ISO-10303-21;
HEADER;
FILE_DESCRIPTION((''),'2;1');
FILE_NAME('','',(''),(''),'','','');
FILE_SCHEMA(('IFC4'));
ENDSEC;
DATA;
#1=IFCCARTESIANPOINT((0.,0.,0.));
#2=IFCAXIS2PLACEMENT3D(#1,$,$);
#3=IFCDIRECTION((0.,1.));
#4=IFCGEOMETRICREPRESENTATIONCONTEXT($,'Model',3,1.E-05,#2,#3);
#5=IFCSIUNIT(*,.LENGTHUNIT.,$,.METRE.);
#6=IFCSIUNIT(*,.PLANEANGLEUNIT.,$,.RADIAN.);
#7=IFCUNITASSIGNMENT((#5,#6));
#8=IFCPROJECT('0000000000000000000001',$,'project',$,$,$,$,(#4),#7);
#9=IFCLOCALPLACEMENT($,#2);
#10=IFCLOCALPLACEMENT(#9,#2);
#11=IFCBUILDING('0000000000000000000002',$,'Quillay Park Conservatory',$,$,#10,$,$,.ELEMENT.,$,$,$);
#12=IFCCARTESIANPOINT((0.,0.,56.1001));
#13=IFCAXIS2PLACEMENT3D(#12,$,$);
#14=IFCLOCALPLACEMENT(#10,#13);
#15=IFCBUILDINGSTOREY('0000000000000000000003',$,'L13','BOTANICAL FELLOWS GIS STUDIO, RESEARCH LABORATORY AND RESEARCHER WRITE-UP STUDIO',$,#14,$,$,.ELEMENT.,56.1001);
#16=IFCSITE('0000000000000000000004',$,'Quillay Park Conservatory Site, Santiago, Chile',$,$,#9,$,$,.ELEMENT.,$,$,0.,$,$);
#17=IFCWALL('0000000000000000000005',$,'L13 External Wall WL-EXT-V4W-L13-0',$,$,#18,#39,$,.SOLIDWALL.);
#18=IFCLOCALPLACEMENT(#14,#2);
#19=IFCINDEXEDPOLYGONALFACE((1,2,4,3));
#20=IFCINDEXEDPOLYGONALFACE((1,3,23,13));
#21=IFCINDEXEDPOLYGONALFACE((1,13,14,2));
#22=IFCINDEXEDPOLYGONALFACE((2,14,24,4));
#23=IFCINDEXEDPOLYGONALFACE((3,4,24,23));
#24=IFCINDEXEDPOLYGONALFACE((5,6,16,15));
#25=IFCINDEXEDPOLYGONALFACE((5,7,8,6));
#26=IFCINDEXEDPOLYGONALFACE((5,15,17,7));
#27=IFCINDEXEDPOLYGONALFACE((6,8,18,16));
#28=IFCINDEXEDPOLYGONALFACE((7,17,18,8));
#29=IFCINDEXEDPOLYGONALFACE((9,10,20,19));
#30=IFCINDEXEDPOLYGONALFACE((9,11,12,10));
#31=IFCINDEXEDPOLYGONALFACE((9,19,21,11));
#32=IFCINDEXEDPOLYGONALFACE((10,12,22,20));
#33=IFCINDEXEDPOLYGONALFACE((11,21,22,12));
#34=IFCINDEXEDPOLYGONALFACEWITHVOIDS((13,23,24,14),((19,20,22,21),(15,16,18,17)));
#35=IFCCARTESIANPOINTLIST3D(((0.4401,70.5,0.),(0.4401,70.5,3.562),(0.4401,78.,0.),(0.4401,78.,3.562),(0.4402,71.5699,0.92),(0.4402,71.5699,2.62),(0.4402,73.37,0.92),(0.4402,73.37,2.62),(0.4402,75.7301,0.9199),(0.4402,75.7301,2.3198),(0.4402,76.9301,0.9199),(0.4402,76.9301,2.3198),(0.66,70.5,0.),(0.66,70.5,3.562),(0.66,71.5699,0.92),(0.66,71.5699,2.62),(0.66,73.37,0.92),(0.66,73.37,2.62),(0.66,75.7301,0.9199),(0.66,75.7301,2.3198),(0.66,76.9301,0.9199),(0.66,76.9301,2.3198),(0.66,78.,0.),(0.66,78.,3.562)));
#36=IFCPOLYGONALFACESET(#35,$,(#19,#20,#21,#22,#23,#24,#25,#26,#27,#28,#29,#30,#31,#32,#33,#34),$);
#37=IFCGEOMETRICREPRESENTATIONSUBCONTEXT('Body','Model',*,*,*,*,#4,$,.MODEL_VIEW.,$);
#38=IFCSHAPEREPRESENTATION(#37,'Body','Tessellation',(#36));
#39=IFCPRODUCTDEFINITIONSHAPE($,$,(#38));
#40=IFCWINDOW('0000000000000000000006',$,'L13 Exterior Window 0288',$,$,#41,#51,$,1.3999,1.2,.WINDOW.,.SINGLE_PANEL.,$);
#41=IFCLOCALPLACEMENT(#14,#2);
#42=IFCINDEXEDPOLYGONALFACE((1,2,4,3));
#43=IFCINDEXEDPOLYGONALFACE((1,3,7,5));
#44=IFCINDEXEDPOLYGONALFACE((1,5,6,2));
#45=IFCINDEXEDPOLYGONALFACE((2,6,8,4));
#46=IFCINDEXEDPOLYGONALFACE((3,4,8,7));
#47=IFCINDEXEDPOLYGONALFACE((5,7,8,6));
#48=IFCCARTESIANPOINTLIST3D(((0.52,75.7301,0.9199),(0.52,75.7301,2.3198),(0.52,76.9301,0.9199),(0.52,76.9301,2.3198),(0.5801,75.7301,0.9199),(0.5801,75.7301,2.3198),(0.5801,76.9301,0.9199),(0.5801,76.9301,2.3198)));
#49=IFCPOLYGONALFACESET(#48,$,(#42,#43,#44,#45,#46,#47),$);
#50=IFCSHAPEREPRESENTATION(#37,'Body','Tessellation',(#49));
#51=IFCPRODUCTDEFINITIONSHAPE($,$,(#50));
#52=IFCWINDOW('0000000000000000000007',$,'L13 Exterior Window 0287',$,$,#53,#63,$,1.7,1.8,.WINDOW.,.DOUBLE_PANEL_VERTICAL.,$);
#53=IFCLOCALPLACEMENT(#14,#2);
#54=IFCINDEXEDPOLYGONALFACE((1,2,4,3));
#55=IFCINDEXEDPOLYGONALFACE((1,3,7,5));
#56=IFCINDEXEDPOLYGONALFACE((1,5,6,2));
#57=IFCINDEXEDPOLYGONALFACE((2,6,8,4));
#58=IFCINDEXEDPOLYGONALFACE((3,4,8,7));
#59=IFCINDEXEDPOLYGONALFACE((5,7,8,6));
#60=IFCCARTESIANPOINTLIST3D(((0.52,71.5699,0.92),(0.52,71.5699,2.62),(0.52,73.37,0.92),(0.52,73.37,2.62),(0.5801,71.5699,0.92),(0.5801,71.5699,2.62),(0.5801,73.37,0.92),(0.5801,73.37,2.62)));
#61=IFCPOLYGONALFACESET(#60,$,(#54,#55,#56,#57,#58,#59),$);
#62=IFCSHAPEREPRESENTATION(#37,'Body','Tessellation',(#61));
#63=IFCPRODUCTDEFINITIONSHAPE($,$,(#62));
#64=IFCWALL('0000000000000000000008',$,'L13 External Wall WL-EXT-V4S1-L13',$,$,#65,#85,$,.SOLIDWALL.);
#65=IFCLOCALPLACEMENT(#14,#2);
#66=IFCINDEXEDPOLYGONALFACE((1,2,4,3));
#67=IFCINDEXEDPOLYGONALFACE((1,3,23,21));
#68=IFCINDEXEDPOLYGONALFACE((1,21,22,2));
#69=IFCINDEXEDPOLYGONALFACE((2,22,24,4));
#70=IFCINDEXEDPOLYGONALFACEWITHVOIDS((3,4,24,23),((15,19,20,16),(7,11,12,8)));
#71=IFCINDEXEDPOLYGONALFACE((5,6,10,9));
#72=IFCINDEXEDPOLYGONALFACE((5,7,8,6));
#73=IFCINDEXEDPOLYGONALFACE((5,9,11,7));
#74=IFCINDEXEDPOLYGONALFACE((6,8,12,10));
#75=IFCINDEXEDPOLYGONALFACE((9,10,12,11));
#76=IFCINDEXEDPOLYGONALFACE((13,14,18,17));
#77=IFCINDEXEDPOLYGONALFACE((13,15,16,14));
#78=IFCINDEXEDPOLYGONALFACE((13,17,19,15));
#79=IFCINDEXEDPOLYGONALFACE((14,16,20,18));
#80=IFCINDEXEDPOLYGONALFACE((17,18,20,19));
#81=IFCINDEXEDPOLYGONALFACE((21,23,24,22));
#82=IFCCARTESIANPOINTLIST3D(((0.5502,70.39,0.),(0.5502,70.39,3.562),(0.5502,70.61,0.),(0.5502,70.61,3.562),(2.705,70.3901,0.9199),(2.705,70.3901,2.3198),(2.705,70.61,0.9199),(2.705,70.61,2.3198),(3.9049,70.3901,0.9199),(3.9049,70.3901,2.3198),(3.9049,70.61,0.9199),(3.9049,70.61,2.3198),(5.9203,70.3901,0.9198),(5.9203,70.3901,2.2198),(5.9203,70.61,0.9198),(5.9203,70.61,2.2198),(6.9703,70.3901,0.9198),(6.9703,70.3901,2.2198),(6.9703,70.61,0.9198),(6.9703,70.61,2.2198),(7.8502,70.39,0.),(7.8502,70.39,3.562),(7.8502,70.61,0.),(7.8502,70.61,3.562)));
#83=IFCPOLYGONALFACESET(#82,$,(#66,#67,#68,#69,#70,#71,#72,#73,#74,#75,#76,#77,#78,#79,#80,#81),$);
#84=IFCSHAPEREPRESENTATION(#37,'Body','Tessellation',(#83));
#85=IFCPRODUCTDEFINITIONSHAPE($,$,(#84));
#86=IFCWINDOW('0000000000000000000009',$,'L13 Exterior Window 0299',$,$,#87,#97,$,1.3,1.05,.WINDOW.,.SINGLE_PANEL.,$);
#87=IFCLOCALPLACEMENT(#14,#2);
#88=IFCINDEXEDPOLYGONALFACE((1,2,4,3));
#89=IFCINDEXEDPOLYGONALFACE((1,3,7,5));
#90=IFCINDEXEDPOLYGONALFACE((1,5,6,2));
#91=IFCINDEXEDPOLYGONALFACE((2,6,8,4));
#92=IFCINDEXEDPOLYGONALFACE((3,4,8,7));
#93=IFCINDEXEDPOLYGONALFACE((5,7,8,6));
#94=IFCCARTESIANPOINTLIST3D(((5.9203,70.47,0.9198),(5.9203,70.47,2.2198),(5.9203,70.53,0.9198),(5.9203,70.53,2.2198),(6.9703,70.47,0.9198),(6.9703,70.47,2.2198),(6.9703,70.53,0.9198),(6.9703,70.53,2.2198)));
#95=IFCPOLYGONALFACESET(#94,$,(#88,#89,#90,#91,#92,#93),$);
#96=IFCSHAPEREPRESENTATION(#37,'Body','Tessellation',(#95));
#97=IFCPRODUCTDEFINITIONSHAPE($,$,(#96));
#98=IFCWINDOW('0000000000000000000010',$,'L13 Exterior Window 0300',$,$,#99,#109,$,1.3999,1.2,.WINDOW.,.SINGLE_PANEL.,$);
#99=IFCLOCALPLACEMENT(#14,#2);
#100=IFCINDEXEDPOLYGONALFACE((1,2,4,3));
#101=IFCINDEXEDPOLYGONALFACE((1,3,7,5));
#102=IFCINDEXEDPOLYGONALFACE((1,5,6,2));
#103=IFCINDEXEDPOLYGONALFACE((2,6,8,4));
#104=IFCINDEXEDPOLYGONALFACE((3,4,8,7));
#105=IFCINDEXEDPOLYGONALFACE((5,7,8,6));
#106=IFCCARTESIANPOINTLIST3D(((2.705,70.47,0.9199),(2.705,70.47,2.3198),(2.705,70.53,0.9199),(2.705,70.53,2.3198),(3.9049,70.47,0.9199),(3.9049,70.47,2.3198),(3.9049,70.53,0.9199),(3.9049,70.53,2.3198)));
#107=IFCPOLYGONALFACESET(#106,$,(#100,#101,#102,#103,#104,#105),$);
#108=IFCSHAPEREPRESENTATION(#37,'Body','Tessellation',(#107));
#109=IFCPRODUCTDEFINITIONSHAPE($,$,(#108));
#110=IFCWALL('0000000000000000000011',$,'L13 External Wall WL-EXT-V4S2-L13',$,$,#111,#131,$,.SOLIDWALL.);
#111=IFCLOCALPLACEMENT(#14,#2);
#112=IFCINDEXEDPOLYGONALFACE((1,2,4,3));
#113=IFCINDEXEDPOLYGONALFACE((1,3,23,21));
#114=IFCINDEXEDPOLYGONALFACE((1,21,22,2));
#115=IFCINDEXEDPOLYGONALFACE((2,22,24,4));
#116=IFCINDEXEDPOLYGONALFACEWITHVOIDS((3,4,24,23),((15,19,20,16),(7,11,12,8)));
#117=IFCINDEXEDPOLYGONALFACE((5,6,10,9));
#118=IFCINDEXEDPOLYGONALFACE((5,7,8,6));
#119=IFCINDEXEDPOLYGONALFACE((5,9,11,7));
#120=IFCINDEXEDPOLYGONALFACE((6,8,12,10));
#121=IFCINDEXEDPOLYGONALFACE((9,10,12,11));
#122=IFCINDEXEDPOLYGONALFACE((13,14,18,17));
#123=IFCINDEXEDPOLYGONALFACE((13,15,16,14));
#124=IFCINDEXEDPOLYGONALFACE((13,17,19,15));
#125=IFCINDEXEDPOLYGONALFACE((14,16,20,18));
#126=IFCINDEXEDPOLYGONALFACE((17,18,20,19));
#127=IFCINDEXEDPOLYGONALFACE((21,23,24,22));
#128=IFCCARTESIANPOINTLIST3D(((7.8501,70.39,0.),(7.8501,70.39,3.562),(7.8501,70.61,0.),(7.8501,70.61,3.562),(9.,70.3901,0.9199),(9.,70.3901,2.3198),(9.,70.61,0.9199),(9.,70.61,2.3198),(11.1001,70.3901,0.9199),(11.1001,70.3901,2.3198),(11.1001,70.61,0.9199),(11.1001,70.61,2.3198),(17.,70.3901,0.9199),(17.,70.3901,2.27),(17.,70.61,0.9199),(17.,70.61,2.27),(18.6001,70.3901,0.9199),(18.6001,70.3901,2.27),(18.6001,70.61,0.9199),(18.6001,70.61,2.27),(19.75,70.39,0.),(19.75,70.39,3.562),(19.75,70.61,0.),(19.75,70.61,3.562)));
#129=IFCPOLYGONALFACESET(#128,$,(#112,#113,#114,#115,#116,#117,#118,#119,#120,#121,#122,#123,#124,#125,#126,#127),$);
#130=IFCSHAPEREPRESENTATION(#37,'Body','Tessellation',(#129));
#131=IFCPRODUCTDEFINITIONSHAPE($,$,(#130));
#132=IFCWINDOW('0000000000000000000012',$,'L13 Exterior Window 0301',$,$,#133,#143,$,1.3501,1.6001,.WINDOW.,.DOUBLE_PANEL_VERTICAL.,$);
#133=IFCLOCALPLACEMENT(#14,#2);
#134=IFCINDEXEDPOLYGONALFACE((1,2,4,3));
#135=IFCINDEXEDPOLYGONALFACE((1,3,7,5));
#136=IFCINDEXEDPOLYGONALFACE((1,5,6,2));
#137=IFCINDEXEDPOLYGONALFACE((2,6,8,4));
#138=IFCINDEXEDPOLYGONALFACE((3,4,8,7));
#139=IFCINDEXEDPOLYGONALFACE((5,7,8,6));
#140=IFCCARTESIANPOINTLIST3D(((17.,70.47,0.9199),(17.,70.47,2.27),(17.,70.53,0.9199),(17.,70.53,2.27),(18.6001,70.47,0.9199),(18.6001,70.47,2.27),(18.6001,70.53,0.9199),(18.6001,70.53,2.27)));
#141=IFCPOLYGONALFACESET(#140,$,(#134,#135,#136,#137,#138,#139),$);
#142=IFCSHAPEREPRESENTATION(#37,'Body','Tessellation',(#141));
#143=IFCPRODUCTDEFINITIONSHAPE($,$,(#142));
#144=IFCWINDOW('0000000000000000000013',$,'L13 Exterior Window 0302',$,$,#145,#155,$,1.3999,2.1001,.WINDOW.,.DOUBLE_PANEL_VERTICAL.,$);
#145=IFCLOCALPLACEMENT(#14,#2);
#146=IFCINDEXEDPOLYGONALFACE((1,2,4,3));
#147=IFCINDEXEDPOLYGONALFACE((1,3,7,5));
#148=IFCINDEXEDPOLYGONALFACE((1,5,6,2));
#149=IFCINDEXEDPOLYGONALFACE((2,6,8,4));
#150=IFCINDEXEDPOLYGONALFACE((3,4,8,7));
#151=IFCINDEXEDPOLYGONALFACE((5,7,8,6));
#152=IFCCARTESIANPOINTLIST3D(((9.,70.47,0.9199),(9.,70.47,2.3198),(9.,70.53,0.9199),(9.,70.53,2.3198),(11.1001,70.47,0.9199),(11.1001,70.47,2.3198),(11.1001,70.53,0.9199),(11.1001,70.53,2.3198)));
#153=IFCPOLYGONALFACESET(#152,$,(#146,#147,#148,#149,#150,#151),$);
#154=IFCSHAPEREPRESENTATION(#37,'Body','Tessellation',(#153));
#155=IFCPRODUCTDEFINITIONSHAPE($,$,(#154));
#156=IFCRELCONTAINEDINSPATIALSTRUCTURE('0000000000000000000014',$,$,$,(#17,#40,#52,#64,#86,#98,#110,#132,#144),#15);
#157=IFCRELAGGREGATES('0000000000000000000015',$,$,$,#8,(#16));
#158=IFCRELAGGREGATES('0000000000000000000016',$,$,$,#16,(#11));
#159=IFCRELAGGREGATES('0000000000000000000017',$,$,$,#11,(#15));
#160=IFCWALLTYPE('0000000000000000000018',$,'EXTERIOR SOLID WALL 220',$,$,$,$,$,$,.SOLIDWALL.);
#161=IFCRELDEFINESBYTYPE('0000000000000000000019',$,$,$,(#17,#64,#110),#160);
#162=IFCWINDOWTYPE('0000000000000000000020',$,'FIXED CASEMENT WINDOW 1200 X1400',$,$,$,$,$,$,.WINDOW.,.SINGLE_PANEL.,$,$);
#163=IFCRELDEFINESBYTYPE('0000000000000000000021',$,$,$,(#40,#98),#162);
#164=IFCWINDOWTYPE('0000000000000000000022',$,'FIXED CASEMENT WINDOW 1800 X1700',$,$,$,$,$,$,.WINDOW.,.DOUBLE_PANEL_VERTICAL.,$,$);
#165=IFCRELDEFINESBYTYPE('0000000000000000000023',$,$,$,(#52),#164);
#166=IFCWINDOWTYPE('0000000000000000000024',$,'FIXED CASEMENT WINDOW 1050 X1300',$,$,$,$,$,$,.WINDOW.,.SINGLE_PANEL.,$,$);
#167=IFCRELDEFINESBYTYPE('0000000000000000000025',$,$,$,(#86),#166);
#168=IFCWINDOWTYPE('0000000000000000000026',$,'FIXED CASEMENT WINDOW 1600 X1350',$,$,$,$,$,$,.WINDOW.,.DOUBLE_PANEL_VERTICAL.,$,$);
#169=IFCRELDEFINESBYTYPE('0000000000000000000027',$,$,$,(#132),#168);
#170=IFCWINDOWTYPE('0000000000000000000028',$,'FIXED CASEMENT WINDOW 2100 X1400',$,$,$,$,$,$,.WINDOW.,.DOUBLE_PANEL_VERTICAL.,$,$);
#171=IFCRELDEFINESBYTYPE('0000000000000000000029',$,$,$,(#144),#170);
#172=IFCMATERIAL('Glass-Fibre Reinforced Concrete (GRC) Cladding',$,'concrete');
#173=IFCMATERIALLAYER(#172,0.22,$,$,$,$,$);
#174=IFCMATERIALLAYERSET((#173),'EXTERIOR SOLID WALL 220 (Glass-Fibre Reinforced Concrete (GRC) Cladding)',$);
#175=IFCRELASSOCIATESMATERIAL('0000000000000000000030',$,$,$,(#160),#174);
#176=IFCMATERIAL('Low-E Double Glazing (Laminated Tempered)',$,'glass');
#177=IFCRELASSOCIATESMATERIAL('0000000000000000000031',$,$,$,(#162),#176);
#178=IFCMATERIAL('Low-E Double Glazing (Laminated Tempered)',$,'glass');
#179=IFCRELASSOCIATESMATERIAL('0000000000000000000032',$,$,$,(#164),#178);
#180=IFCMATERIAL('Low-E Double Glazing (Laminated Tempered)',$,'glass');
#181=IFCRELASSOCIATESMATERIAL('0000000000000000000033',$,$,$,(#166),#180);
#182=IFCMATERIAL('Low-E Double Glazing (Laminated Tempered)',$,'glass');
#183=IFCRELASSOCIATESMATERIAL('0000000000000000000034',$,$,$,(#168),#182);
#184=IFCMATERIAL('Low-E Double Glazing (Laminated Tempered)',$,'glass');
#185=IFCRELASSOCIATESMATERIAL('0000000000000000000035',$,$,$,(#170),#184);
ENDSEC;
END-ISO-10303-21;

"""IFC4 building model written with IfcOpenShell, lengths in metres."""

from ifc_helpers import new_model, si_unit, direction, frame, frame_2d, origin, place, context, subcontext, project, spatial, rectangle, extrude, material, layer, layer_set, type_object, element, fill, save


model = new_model("IFC4")

# Units and contexts
model_context = context("Model", 3, precision=1e-05, world=origin(), true_north=direction((0.0, 1.0)))
body_context = subcontext(model_context, "Body", "Model", "MODEL_VIEW")
ifc_project = project(units=[si_unit("LENGTHUNIT", "METRE"), si_unit("PLANEANGLEUNIT", "RADIAN")], contexts=[model_context])

# Site, building, storey
site_placement = place(None, origin())
site = spatial("IfcSite", under=ifc_project, at=site_placement, Name="Quillay Park Conservatory Site, Santiago, Chile", CompositionType="ELEMENT", RefElevation=0.0)
building_placement = place(site_placement, origin())
building = spatial("IfcBuilding", under=site, at=building_placement, Name="Quillay Park Conservatory", CompositionType="ELEMENT")
storey_placement = place(building_placement, frame((0.0, 0.0, 56.1001)))
storey = spatial("IfcBuildingStorey", under=building, at=storey_placement, Name="L13", Description="BOTANICAL FELLOWS GIS STUDIO, RESEARCH LABORATORY AND RESEARCHER WRITE-UP STUDIO", CompositionType="ELEMENT", Elevation=56.1001)

# Walls, openings, windows
ifc_material_1 = material(Name="Glass-Fibre Reinforced Concrete (GRC) Cladding", Category="concrete")
ifc_layer_1 = layer(ifc_material_1, 0.22)
ifc_layer_set_1 = layer_set([ifc_layer_1], Name="EXTERIOR SOLID WALL 220 (Glass-Fibre Reinforced Concrete (GRC) Cladding)")
wall_type_1 = type_object("IfcWallType", Name="EXTERIOR SOLID WALL 220", PredefinedType="SOLIDWALL", material=ifc_layer_set_1)
wall_1_placement = place(storey_placement, frame((0.55, 70.5, 0.0), z_axis=(0.0, 0.0, 1.0), x_axis=(0.0, 1.0, 0.0)))
wall_1 = element("IfcWall", 1, at=wall_1_placement, inside=storey, type_object=wall_type_1, Name="L13 External Wall WL-EXT-V4W-L13-0", PredefinedType="SOLIDWALL", context=body_context, shape_type="SweptSolid", body=[
    extrude(rectangle(XDim=7.5, YDim=0.22, at=frame_2d((3.75, 0.0))), origin(), (0.0, 0.0, 1.0), 3.562),
])
opening_1_placement = place(wall_1_placement, frame((1.0701, 0.0, 0.9199)))
opening_1 = element("IfcOpeningElement", 2, at=opening_1_placement, cuts=wall_1, PredefinedType="OPENING", context=body_context, shape_type="SweptSolid", body=[
    extrude(rectangle(XDim=1.8, YDim=1.7, at=frame_2d((0.8999, 0.8501))), frame((0.0, 0.1099, 0.0), z_axis=(0.0, -1.0, 0.0), x_axis=(1.0, 0.0, 0.0)), (0.0, 0.0, 1.0), 0.22),
])
opening_2_placement = place(wall_1_placement, frame((5.23, 0.0, 0.9199)))
opening_2 = element("IfcOpeningElement", 3, at=opening_2_placement, cuts=wall_1, PredefinedType="OPENING", context=body_context, shape_type="SweptSolid", body=[
    extrude(rectangle(XDim=1.2, YDim=1.3999, at=frame_2d((0.6001, 0.7))), frame((0.0, 0.1099, 0.0), z_axis=(0.0, -1.0, 0.0), x_axis=(1.0, 0.0, 0.0)), (0.0, 0.0, 1.0), 0.22),
])
ifc_material_2 = material(Name="Low-E Double Glazing (Laminated Tempered)", Category="glass")
window_type_1 = type_object("IfcWindowType", Name="FIXED CASEMENT WINDOW 1200 X1400", PartitioningType="SINGLE_PANEL", PredefinedType="WINDOW", material=ifc_material_2)
window_1_placement = place(opening_2_placement, origin())
window_1 = element("IfcWindow", 4, at=window_1_placement, inside=storey, type_object=window_type_1, Name="L13 Exterior Window 0288", OverallHeight=1.3999, OverallWidth=1.2, PartitioningType="SINGLE_PANEL", PredefinedType="WINDOW", context=body_context, shape_type="SweptSolid", body=[
    extrude(rectangle(XDim=1.2, YDim=1.3999, at=frame_2d((0.6001, 0.7))), frame((0.0, 0.03, 0.0), z_axis=(0.0, -1.0, 0.0), x_axis=(1.0, 0.0, 0.0)), (0.0, 0.0, 1.0), 0.0601),
])
fill(opening_2, window_1)
ifc_material_3 = material(Name="Low-E Double Glazing (Laminated Tempered)", Category="glass")
window_type_2 = type_object("IfcWindowType", Name="FIXED CASEMENT WINDOW 1800 X1700", PartitioningType="DOUBLE_PANEL_VERTICAL", PredefinedType="WINDOW", material=ifc_material_3)
window_2_placement = place(opening_1_placement, origin())
window_2 = element("IfcWindow", 5, at=window_2_placement, inside=storey, type_object=window_type_2, Name="L13 Exterior Window 0287", OverallHeight=1.7, OverallWidth=1.8, PartitioningType="DOUBLE_PANEL_VERTICAL", PredefinedType="WINDOW", context=body_context, shape_type="SweptSolid", body=[
    extrude(rectangle(XDim=1.8, YDim=1.7, at=frame_2d((0.8999, 0.8501))), frame((0.0, 0.03, 0.0), z_axis=(0.0, -1.0, 0.0), x_axis=(1.0, 0.0, 0.0)), (0.0, 0.0, 1.0), 0.0601),
])
fill(opening_1, window_2)
wall_2_placement = place(storey_placement, frame((7.8501, 70.5, 0.0), z_axis=(0.0, 0.0, 1.0), x_axis=(-1.0, 0.0, 0.0)))
wall_2 = element("IfcWall", 6, at=wall_2_placement, inside=storey, type_object=wall_type_1, Name="L13 External Wall WL-EXT-V4S1-L13", PredefinedType="SOLIDWALL", context=body_context, shape_type="SweptSolid", body=[
    extrude(rectangle(XDim=7.3, YDim=0.22, at=frame_2d((3.6499, 0.0))), origin(), (0.0, 0.0, 1.0), 3.562),
])
opening_3_placement = place(wall_2_placement, frame((0.8799, 0.0, 0.9199)))
opening_3 = element("IfcOpeningElement", 7, at=opening_3_placement, cuts=wall_2, PredefinedType="OPENING", context=body_context, shape_type="SweptSolid", body=[
    extrude(rectangle(XDim=1.05, YDim=1.3, at=frame_2d((0.5249, 0.6499))), frame((0.0, 0.1099, 0.0), z_axis=(0.0, -1.0, 0.0), x_axis=(1.0, 0.0, 0.0)), (0.0, 0.0, 1.0), 0.22),
])
opening_4_placement = place(wall_2_placement, frame((3.9451, 0.0, 0.9199)))
opening_4 = element("IfcOpeningElement", 8, at=opening_4_placement, cuts=wall_2, PredefinedType="OPENING", context=body_context, shape_type="SweptSolid", body=[
    extrude(rectangle(XDim=1.2, YDim=1.3999, at=frame_2d((0.6001, 0.7))), frame((0.0, 0.1099, 0.0), z_axis=(0.0, -1.0, 0.0), x_axis=(1.0, 0.0, 0.0)), (0.0, 0.0, 1.0), 0.22),
])
ifc_material_4 = material(Name="Low-E Double Glazing (Laminated Tempered)", Category="glass")
window_type_3 = type_object("IfcWindowType", Name="FIXED CASEMENT WINDOW 1050 X1300", PartitioningType="SINGLE_PANEL", PredefinedType="WINDOW", material=ifc_material_4)
window_3_placement = place(opening_3_placement, origin())
window_3 = element("IfcWindow", 9, at=window_3_placement, inside=storey, type_object=window_type_3, Name="L13 Exterior Window 0299", OverallHeight=1.3, OverallWidth=1.05, PartitioningType="SINGLE_PANEL", PredefinedType="WINDOW", context=body_context, shape_type="SweptSolid", body=[
    extrude(rectangle(XDim=1.05, YDim=1.3, at=frame_2d((0.5249, 0.6499))), frame((0.0, 0.03, 0.0), z_axis=(0.0, -1.0, 0.0), x_axis=(1.0, 0.0, 0.0)), (0.0, 0.0, 1.0), 0.0601),
])
fill(opening_3, window_3)
window_4_placement = place(opening_4_placement, origin())
window_4 = element("IfcWindow", 10, at=window_4_placement, inside=storey, type_object=window_type_1, Name="L13 Exterior Window 0300", OverallHeight=1.3999, OverallWidth=1.2, PartitioningType="SINGLE_PANEL", PredefinedType="WINDOW", context=body_context, shape_type="SweptSolid", body=[
    extrude(rectangle(XDim=1.2, YDim=1.3999, at=frame_2d((0.6001, 0.7))), frame((0.0, 0.03, 0.0), z_axis=(0.0, -1.0, 0.0), x_axis=(1.0, 0.0, 0.0)), (0.0, 0.0, 1.0), 0.0601),
])
fill(opening_4, window_4)
wall_3_placement = place(storey_placement, frame((19.75, 70.5, 0.0), z_axis=(0.0, 0.0, 1.0), x_axis=(-1.0, 0.0, 0.0)))
wall_3 = element("IfcWall", 11, at=wall_3_placement, inside=storey, type_object=wall_type_1, Name="L13 External Wall WL-EXT-V4S2-L13", PredefinedType="SOLIDWALL", context=body_context, shape_type="SweptSolid", body=[
    extrude(rectangle(XDim=11.8999, YDim=0.22, at=frame_2d((5.95, 0.0))), origin(), (0.0, 0.0, 1.0), 3.562),
])
opening_5_placement = place(wall_3_placement, frame((1.1499, 0.0, 0.9199)))
opening_5 = element("IfcOpeningElement", 12, at=opening_5_placement, cuts=wall_3, PredefinedType="OPENING", context=body_context, shape_type="SweptSolid", body=[
    extrude(rectangle(XDim=1.6001, YDim=1.3501, at=frame_2d((0.8, 0.675))), frame((0.0, 0.1099, 0.0), z_axis=(0.0, -1.0, 0.0), x_axis=(1.0, 0.0, 0.0)), (0.0, 0.0, 1.0), 0.22),
])
opening_6_placement = place(wall_3_placement, frame((8.6499, 0.0, 0.9199)))
opening_6 = element("IfcOpeningElement", 13, at=opening_6_placement, cuts=wall_3, PredefinedType="OPENING", context=body_context, shape_type="SweptSolid", body=[
    extrude(rectangle(XDim=2.1001, YDim=1.3999, at=frame_2d((1.05, 0.7))), frame((0.0, 0.1099, 0.0), z_axis=(0.0, -1.0, 0.0), x_axis=(1.0, 0.0, 0.0)), (0.0, 0.0, 1.0), 0.22),
])
ifc_material_5 = material(Name="Low-E Double Glazing (Laminated Tempered)", Category="glass")
window_type_4 = type_object("IfcWindowType", Name="FIXED CASEMENT WINDOW 1600 X1350", PartitioningType="DOUBLE_PANEL_VERTICAL", PredefinedType="WINDOW", material=ifc_material_5)
window_5_placement = place(opening_5_placement, origin())
window_5 = element("IfcWindow", 14, at=window_5_placement, inside=storey, type_object=window_type_4, Name="L13 Exterior Window 0301", OverallHeight=1.3501, OverallWidth=1.6001, PartitioningType="DOUBLE_PANEL_VERTICAL", PredefinedType="WINDOW", context=body_context, shape_type="SweptSolid", body=[
    extrude(rectangle(XDim=1.6001, YDim=1.3501, at=frame_2d((0.8, 0.675))), frame((0.0, 0.03, 0.0), z_axis=(0.0, -1.0, 0.0), x_axis=(1.0, 0.0, 0.0)), (0.0, 0.0, 1.0), 0.0601),
])
fill(opening_5, window_5)
ifc_material_6 = material(Name="Low-E Double Glazing (Laminated Tempered)", Category="glass")
window_type_5 = type_object("IfcWindowType", Name="FIXED CASEMENT WINDOW 2100 X1400", PartitioningType="DOUBLE_PANEL_VERTICAL", PredefinedType="WINDOW", material=ifc_material_6)
window_6_placement = place(opening_6_placement, origin())
window_6 = element("IfcWindow", 15, at=window_6_placement, inside=storey, type_object=window_type_5, Name="L13 Exterior Window 0302", OverallHeight=1.3999, OverallWidth=2.1001, PartitioningType="DOUBLE_PANEL_VERTICAL", PredefinedType="WINDOW", context=body_context, shape_type="SweptSolid", body=[
    extrude(rectangle(XDim=2.1001, YDim=1.3999, at=frame_2d((1.05, 0.7))), frame((0.0, 0.03, 0.0), z_axis=(0.0, -1.0, 0.0), x_axis=(1.0, 0.0, 0.0)), (0.0, 0.0, 1.0), 0.0601),
])
fill(opening_6, window_6)

save(model, "model.ifc")
